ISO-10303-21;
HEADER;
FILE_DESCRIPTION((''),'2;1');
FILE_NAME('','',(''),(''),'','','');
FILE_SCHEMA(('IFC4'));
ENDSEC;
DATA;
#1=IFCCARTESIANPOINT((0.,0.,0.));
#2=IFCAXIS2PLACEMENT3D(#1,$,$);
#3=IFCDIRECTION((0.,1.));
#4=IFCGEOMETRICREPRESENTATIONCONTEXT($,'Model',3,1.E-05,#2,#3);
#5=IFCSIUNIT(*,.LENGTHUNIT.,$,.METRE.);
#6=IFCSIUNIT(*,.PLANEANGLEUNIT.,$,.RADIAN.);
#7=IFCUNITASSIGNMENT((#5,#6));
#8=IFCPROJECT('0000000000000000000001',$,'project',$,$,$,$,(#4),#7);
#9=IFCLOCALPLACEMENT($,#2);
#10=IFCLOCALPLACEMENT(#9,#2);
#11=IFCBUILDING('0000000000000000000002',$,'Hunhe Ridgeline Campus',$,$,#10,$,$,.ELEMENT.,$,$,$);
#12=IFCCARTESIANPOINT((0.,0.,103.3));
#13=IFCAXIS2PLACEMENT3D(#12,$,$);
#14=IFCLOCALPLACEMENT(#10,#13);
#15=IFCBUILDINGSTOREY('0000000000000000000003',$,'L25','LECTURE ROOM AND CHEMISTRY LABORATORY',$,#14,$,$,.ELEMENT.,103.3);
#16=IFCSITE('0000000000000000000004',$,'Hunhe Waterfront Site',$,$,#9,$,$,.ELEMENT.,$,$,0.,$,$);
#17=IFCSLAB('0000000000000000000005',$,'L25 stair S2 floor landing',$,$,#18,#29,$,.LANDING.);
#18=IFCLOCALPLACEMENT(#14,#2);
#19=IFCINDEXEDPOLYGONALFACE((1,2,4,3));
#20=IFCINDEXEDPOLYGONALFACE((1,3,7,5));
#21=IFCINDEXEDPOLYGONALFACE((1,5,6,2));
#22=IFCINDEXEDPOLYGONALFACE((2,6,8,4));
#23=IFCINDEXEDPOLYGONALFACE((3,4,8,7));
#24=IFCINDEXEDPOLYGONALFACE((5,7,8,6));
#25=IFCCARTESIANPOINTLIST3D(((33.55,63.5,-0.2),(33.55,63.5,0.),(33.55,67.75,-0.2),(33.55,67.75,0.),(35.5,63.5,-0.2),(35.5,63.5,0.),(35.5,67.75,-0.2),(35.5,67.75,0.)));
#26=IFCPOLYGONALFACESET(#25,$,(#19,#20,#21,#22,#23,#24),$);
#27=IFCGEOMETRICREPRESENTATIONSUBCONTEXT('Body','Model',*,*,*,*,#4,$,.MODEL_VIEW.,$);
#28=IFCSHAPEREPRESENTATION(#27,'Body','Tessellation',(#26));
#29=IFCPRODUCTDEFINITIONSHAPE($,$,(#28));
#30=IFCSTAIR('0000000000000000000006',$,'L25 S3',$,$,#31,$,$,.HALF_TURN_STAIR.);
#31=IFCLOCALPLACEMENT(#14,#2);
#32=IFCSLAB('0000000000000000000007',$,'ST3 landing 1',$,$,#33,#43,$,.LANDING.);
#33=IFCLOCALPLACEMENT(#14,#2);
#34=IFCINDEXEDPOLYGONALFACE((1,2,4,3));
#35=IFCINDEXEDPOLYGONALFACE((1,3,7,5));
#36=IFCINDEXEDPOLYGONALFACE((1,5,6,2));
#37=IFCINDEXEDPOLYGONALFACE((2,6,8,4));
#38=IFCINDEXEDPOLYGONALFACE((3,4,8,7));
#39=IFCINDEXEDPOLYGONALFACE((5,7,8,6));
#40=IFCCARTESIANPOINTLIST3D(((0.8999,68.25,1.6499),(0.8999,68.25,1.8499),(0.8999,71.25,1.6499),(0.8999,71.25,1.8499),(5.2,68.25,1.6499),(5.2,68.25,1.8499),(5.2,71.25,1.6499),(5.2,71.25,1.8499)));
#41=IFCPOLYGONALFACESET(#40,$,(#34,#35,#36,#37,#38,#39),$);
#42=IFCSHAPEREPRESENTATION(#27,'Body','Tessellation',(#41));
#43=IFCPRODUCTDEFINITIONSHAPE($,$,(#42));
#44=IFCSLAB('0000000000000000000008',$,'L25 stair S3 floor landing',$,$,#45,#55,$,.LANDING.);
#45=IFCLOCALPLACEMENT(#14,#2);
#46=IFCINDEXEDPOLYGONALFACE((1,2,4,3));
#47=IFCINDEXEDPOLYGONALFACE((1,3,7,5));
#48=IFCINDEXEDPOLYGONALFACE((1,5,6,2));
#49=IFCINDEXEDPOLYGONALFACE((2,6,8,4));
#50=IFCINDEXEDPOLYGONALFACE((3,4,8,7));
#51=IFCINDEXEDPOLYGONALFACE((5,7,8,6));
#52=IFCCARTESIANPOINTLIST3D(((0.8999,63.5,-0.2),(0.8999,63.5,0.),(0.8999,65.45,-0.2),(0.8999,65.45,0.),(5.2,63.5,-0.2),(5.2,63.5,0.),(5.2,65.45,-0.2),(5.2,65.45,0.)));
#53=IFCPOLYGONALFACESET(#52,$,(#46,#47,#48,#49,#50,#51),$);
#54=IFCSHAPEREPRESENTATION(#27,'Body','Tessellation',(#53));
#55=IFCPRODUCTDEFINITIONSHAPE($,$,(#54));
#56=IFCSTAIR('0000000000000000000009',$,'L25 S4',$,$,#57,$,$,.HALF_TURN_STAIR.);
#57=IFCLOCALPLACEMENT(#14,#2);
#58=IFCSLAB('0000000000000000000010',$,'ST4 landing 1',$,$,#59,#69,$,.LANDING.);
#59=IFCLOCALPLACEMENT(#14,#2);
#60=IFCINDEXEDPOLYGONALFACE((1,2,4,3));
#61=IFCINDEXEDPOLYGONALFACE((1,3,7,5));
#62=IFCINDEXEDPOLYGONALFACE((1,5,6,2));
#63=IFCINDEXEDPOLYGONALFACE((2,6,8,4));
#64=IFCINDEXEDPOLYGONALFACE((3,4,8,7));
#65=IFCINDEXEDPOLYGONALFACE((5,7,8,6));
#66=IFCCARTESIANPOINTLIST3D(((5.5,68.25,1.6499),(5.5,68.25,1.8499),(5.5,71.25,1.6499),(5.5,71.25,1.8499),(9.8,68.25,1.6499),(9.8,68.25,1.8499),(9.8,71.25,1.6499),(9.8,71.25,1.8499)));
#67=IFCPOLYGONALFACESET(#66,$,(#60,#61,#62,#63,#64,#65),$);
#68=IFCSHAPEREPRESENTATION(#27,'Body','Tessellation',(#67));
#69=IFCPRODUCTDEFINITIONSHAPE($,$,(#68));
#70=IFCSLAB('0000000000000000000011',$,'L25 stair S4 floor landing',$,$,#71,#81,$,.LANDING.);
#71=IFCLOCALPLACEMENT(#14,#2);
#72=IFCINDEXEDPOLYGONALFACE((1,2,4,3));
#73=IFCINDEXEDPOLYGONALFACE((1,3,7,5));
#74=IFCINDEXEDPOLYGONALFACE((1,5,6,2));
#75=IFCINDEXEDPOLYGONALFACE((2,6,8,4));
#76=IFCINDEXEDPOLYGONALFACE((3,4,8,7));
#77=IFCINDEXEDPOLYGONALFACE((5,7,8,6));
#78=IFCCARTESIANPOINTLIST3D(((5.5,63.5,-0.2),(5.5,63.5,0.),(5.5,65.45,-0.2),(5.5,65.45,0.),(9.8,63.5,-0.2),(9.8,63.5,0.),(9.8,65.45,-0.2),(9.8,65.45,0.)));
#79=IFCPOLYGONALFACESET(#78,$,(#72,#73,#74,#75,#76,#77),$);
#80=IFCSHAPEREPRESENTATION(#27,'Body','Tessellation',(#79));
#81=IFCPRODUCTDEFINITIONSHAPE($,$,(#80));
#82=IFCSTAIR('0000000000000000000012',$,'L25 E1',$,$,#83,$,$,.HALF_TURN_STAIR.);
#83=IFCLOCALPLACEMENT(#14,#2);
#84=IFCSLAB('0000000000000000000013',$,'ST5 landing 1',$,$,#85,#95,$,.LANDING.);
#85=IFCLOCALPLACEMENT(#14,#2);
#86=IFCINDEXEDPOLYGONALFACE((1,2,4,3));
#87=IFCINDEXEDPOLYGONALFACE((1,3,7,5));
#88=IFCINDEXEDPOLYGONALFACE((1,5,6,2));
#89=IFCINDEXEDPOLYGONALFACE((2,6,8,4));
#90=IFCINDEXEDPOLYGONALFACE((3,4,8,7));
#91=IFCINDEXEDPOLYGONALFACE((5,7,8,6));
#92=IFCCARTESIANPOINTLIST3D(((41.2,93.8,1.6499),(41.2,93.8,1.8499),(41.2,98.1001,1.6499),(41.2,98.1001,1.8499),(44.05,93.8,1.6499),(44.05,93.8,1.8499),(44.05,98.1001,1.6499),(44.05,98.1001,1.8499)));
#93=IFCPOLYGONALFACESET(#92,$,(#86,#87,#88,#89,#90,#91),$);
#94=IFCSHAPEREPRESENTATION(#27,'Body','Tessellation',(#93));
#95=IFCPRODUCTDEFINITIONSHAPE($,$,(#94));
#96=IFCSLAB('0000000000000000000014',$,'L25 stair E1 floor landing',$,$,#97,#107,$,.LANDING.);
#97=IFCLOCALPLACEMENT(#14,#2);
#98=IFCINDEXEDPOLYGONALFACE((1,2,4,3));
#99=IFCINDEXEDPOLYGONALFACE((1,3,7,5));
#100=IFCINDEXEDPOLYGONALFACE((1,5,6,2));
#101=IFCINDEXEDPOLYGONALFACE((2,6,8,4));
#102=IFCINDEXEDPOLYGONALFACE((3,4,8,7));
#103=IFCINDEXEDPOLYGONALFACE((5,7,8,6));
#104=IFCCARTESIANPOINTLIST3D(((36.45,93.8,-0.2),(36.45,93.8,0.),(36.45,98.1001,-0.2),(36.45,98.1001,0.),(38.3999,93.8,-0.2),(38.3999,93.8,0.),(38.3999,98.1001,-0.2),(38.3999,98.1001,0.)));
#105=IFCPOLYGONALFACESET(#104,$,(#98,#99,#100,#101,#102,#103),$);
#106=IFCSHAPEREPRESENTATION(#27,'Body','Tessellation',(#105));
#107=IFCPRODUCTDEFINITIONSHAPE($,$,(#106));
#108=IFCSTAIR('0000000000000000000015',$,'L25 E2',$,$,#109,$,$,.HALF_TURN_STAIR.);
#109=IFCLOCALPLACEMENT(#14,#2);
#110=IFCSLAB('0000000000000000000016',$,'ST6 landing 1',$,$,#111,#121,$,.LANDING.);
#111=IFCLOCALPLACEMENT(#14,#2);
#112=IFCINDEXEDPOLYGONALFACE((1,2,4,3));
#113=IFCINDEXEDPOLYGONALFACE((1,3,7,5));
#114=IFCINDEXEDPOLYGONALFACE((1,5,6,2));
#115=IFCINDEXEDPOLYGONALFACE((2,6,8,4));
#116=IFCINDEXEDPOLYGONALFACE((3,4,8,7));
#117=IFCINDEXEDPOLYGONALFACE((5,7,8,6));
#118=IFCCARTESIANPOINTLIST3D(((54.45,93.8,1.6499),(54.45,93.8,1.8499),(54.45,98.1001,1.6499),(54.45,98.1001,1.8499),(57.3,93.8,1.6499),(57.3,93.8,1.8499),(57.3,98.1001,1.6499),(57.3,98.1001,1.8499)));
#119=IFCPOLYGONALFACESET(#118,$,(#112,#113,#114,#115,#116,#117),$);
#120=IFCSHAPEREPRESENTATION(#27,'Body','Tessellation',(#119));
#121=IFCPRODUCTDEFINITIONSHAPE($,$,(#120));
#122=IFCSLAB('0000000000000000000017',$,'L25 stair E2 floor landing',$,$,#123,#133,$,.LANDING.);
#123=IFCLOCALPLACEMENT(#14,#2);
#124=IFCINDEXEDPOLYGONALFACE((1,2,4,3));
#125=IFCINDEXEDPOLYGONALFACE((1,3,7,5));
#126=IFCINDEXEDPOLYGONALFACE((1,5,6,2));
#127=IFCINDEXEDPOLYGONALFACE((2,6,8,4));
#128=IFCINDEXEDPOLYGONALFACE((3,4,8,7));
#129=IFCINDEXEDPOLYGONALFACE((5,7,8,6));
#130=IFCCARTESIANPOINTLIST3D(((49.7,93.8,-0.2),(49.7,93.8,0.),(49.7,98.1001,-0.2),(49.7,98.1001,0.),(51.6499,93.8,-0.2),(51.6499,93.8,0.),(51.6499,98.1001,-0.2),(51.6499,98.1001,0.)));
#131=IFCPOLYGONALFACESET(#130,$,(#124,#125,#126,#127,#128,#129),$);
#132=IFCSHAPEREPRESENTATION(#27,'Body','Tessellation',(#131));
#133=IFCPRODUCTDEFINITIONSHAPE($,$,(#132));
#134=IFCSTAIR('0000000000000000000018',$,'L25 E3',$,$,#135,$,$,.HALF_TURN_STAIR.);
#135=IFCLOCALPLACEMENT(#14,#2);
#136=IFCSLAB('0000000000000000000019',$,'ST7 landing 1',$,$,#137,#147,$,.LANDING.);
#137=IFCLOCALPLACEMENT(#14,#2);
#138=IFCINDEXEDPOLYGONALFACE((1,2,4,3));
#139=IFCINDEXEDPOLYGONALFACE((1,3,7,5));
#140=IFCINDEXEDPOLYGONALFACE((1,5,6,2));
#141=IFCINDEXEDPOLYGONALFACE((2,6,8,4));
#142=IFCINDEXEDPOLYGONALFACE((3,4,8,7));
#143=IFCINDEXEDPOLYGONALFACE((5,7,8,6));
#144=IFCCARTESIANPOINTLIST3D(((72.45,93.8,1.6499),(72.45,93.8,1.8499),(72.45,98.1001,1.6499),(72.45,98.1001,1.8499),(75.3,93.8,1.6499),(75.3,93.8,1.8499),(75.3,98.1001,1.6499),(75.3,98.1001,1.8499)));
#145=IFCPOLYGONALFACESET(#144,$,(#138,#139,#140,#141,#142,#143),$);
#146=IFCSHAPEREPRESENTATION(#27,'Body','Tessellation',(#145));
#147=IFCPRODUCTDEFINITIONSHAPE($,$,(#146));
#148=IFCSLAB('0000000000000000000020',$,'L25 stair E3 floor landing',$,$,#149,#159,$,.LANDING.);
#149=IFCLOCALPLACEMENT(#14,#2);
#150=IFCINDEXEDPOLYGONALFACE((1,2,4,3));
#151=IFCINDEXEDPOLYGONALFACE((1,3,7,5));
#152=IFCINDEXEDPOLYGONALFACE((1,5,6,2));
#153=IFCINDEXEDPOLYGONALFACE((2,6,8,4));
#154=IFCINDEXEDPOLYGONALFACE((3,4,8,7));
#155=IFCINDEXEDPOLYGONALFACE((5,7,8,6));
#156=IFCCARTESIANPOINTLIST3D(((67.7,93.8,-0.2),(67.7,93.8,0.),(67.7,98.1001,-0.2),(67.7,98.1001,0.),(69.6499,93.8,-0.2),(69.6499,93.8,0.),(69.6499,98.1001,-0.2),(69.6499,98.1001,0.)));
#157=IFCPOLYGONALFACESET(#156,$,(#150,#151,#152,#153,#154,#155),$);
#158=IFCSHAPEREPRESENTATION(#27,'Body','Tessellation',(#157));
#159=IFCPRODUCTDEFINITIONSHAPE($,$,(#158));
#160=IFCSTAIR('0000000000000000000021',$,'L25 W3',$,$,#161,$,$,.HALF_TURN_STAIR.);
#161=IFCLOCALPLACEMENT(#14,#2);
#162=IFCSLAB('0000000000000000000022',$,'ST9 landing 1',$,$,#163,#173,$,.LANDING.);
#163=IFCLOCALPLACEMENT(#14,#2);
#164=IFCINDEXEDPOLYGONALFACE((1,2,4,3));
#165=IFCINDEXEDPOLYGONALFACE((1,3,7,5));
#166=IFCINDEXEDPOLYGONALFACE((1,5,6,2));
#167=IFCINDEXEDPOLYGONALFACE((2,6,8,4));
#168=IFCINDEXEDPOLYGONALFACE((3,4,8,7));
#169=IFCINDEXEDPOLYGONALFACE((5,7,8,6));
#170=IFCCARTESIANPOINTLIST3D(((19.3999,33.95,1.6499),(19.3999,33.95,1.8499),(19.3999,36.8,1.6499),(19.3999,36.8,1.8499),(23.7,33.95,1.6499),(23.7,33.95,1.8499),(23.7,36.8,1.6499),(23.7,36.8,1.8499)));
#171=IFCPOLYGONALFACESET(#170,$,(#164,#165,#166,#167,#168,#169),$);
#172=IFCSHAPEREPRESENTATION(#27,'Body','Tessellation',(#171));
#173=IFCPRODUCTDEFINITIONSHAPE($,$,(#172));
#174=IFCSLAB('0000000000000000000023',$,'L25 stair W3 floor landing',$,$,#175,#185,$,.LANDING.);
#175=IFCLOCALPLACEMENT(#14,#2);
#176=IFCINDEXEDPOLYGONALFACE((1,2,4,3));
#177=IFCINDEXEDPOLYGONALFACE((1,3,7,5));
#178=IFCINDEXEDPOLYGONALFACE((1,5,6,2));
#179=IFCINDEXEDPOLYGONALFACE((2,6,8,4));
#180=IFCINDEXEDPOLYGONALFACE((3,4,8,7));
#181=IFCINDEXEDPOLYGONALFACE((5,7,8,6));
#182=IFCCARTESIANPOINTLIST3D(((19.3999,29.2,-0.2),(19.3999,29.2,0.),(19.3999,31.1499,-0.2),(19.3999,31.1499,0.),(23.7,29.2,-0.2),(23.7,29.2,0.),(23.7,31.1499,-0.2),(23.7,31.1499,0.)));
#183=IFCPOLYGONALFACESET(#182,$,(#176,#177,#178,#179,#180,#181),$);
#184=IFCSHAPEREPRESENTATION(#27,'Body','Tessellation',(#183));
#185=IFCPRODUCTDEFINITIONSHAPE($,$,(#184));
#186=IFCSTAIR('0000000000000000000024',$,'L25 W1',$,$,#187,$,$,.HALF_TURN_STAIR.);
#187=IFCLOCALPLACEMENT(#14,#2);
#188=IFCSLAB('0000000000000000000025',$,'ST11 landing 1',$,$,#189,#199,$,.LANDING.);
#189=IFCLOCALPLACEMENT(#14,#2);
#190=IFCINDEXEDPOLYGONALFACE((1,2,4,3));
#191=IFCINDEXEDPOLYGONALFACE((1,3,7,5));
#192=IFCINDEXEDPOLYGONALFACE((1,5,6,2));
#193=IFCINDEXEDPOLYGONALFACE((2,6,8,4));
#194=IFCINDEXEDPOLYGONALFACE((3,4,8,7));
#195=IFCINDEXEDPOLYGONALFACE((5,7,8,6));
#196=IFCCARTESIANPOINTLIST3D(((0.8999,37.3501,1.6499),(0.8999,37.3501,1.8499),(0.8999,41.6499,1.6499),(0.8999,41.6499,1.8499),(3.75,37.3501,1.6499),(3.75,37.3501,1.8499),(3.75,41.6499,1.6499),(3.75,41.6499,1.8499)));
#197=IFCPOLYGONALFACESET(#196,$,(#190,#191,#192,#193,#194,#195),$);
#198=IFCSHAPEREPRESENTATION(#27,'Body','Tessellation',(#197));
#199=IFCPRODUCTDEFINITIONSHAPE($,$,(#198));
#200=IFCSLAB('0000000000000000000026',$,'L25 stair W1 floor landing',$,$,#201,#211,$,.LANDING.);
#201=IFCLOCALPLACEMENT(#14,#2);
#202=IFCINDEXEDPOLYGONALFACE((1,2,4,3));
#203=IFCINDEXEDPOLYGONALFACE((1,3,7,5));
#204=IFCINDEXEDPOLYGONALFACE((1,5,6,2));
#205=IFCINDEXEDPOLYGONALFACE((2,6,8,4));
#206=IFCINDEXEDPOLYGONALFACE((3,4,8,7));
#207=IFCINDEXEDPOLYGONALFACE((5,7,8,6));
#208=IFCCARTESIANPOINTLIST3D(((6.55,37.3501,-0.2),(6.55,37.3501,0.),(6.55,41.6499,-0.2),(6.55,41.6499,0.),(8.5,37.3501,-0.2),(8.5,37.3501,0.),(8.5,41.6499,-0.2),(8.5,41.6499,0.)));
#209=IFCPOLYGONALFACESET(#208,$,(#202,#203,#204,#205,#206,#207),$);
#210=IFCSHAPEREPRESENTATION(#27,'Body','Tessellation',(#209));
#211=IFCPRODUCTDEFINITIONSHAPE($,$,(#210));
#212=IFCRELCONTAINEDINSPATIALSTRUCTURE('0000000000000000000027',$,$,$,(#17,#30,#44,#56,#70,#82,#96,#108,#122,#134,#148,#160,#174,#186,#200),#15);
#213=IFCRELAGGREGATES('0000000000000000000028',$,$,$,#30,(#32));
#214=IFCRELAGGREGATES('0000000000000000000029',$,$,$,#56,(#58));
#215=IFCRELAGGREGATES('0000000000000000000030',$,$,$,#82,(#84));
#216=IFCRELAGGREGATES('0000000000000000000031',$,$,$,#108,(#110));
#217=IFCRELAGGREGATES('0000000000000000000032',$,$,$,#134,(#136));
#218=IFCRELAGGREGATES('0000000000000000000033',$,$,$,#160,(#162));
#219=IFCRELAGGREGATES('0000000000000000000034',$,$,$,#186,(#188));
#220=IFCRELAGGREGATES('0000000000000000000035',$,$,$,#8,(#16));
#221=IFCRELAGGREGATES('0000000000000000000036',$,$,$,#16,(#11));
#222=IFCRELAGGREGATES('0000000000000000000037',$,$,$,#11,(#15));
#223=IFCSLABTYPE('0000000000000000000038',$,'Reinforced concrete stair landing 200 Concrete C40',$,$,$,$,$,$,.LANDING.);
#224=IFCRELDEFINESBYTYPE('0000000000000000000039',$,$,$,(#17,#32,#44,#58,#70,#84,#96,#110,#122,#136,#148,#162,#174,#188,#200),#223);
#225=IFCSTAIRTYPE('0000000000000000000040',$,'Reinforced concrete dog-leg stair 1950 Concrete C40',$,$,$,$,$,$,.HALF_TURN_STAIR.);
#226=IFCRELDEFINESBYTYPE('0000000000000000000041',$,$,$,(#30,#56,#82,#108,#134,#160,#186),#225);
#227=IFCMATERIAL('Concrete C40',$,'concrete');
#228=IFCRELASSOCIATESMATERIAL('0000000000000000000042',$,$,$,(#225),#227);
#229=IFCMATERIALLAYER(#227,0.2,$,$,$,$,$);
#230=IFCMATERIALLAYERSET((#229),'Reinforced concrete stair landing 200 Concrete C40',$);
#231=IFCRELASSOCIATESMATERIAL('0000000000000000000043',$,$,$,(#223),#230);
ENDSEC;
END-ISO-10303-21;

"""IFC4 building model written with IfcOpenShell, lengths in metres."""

from ifc_helpers import new_model, si_unit, direction, frame, origin, place, context, subcontext, project, spatial, polyline, outline, extrude, material, layer, layer_set, type_object, element, aggregate, save


model = new_model("IFC4")

# Units and contexts
model_context = context("Model", 3, precision=1e-05, world=origin(), true_north=direction((0.0, 1.0)))
body_context = subcontext(model_context, "Body", "Model", "MODEL_VIEW")
ifc_project = project(units=[si_unit("LENGTHUNIT", "METRE"), si_unit("PLANEANGLEUNIT", "RADIAN")], contexts=[model_context])

# Site, building, storey
site_placement = place(None, origin())
site = spatial("IfcSite", under=ifc_project, at=site_placement, Name="Hunhe Waterfront Site", CompositionType="ELEMENT", RefElevation=0.0)
building_placement = place(site_placement, origin())
building = spatial("IfcBuilding", under=site, at=building_placement, Name="Hunhe Ridgeline Campus", CompositionType="ELEMENT")
storey_placement = place(building_placement, frame((0.0, 0.0, 103.3)))
storey = spatial("IfcBuildingStorey", under=building, at=storey_placement, Name="L25", Description="LECTURE ROOM AND CHEMISTRY LABORATORY", CompositionType="ELEMENT", Elevation=103.3)

# Shared definitions
ifc_material_1 = material(Name="Concrete C40", Category="concrete")

# Shared definitions
stair_type = type_object("IfcStairType", Name="Reinforced concrete dog-leg stair 1950 Concrete C40", PredefinedType="HALF_TURN_STAIR", material=ifc_material_1)
ifc_layer_1 = layer(ifc_material_1, 0.2)
ifc_layer_set_1 = layer_set([ifc_layer_1], Name="Reinforced concrete stair landing 200 Concrete C40")
slab_type_1 = type_object("IfcSlabType", Name="Reinforced concrete stair landing 200 Concrete C40", PredefinedType="LANDING", material=ifc_layer_set_1)

# Slab
slab_1_placement = place(storey_placement, frame((0.0, 0.0, -0.2)))
element("IfcSlab", 1, at=slab_1_placement, inside=storey, type_object=slab_type_1, Name="L25 stair S2 floor landing", PredefinedType="LANDING", context=body_context, shape_type="SweptSolid", body=[
    extrude(outline(polyline([(35.5, 67.75), (33.55, 67.75), (33.55, 63.5), (35.5, 63.5), (35.5, 67.75)])), origin(), (0.0, 0.0, 1.0), 0.2),
])

# Stair, slab
stair_1_placement = place(storey_placement, origin())
stair_1 = element("IfcStair", 2, at=stair_1_placement, inside=storey, type_object=stair_type, Name="L25 S3", PredefinedType="HALF_TURN_STAIR")
slab_2_placement = place(storey_placement, frame((0.0, 0.0, 1.6499)))
slab_2 = element("IfcSlab", 3, at=slab_2_placement, type_object=slab_type_1, Name="ST3 landing 1", PredefinedType="LANDING", context=body_context, shape_type="SweptSolid", body=[
    extrude(outline(polyline([(5.2, 68.25), (5.2, 71.25), (0.8999, 71.25), (0.8999, 68.25), (5.2, 68.25)])), origin(), (0.0, 0.0, 1.0), 0.2),
])
aggregate(stair_1, [slab_2])

# Slab
slab_3_placement = place(storey_placement, frame((0.0, 0.0, -0.2)))
element("IfcSlab", 4, at=slab_3_placement, inside=storey, type_object=slab_type_1, Name="L25 stair S3 floor landing", PredefinedType="LANDING", context=body_context, shape_type="SweptSolid", body=[
    extrude(outline(polyline([(5.2, 63.5), (5.2, 65.45), (0.8999, 65.45), (0.8999, 63.5), (5.2, 63.5)])), origin(), (0.0, 0.0, 1.0), 0.2),
])

# Stair, slab
stair_2_placement = place(storey_placement, origin())
stair_2 = element("IfcStair", 5, at=stair_2_placement, inside=storey, type_object=stair_type, Name="L25 S4", PredefinedType="HALF_TURN_STAIR")
slab_4_placement = place(storey_placement, frame((0.0, 0.0, 1.6499)))
slab_4 = element("IfcSlab", 6, at=slab_4_placement, type_object=slab_type_1, Name="ST4 landing 1", PredefinedType="LANDING", context=body_context, shape_type="SweptSolid", body=[
    extrude(outline(polyline([(9.8, 68.25), (9.8, 71.25), (5.5, 71.25), (5.5, 68.25), (9.8, 68.25)])), origin(), (0.0, 0.0, 1.0), 0.2),
])
aggregate(stair_2, [slab_4])

# Slab
slab_5_placement = place(storey_placement, frame((0.0, 0.0, -0.2)))
element("IfcSlab", 7, at=slab_5_placement, inside=storey, type_object=slab_type_1, Name="L25 stair S4 floor landing", PredefinedType="LANDING", context=body_context, shape_type="SweptSolid", body=[
    extrude(outline(polyline([(9.8, 63.5), (9.8, 65.45), (5.5, 65.45), (5.5, 63.5), (9.8, 63.5)])), origin(), (0.0, 0.0, 1.0), 0.2),
])

# Stair, slab
stair_3_placement = place(storey_placement, origin())
stair_3 = element("IfcStair", 8, at=stair_3_placement, inside=storey, type_object=stair_type, Name="L25 E1", PredefinedType="HALF_TURN_STAIR")
slab_6_placement = place(storey_placement, frame((0.0, 0.0, 1.6499)))
slab_6 = element("IfcSlab", 9, at=slab_6_placement, type_object=slab_type_1, Name="ST5 landing 1", PredefinedType="LANDING", context=body_context, shape_type="SweptSolid", body=[
    extrude(outline(polyline([(41.2, 93.8), (44.05, 93.8), (44.05, 98.1001), (41.2, 98.1001), (41.2, 93.8)])), origin(), (0.0, 0.0, 1.0), 0.2),
])
aggregate(stair_3, [slab_6])

# Slab
slab_7_placement = place(storey_placement, frame((0.0, 0.0, -0.2)))
element("IfcSlab", 10, at=slab_7_placement, inside=storey, type_object=slab_type_1, Name="L25 stair E1 floor landing", PredefinedType="LANDING", context=body_context, shape_type="SweptSolid", body=[
    extrude(outline(polyline([(36.45, 93.8), (38.3999, 93.8), (38.3999, 98.1001), (36.45, 98.1001), (36.45, 93.8)])), origin(), (0.0, 0.0, 1.0), 0.2),
])

# Stair, slab
stair_4_placement = place(storey_placement, origin())
stair_4 = element("IfcStair", 11, at=stair_4_placement, inside=storey, type_object=stair_type, Name="L25 E2", PredefinedType="HALF_TURN_STAIR")
slab_8_placement = place(storey_placement, frame((0.0, 0.0, 1.6499)))
slab_8 = element("IfcSlab", 12, at=slab_8_placement, type_object=slab_type_1, Name="ST6 landing 1", PredefinedType="LANDING", context=body_context, shape_type="SweptSolid", body=[
    extrude(outline(polyline([(54.45, 93.8), (57.3, 93.8), (57.3, 98.1001), (54.45, 98.1001), (54.45, 93.8)])), origin(), (0.0, 0.0, 1.0), 0.2),
])
aggregate(stair_4, [slab_8])

# Slab
slab_9_placement = place(storey_placement, frame((0.0, 0.0, -0.2)))
element("IfcSlab", 13, at=slab_9_placement, inside=storey, type_object=slab_type_1, Name="L25 stair E2 floor landing", PredefinedType="LANDING", context=body_context, shape_type="SweptSolid", body=[
    extrude(outline(polyline([(49.7, 93.8), (51.6499, 93.8), (51.6499, 98.1001), (49.7, 98.1001), (49.7, 93.8)])), origin(), (0.0, 0.0, 1.0), 0.2),
])

# Stair, slab
stair_5_placement = place(storey_placement, origin())
stair_5 = element("IfcStair", 14, at=stair_5_placement, inside=storey, type_object=stair_type, Name="L25 E3", PredefinedType="HALF_TURN_STAIR")
slab_10_placement = place(storey_placement, frame((0.0, 0.0, 1.6499)))
slab_10 = element("IfcSlab", 15, at=slab_10_placement, type_object=slab_type_1, Name="ST7 landing 1", PredefinedType="LANDING", context=body_context, shape_type="SweptSolid", body=[
    extrude(outline(polyline([(72.45, 93.8), (75.3, 93.8), (75.3, 98.1001), (72.45, 98.1001), (72.45, 93.8)])), origin(), (0.0, 0.0, 1.0), 0.2),
])
aggregate(stair_5, [slab_10])

# Slab
slab_11_placement = place(storey_placement, frame((0.0, 0.0, -0.2)))
element("IfcSlab", 16, at=slab_11_placement, inside=storey, type_object=slab_type_1, Name="L25 stair E3 floor landing", PredefinedType="LANDING", context=body_context, shape_type="SweptSolid", body=[
    extrude(outline(polyline([(67.7, 93.8), (69.6499, 93.8), (69.6499, 98.1001), (67.7, 98.1001), (67.7, 93.8)])), origin(), (0.0, 0.0, 1.0), 0.2),
])

# Stair, slab
stair_6_placement = place(storey_placement, origin())
stair_6 = element("IfcStair", 17, at=stair_6_placement, inside=storey, type_object=stair_type, Name="L25 W3", PredefinedType="HALF_TURN_STAIR")
slab_12_placement = place(storey_placement, frame((0.0, 0.0, 1.6499)))
slab_12 = element("IfcSlab", 18, at=slab_12_placement, type_object=slab_type_1, Name="ST9 landing 1", PredefinedType="LANDING", context=body_context, shape_type="SweptSolid", body=[
    extrude(outline(polyline([(23.7, 33.95), (23.7, 36.8), (19.3999, 36.8), (19.3999, 33.95), (23.7, 33.95)])), origin(), (0.0, 0.0, 1.0), 0.2),
])
aggregate(stair_6, [slab_12])

# Slab
slab_13_placement = place(storey_placement, frame((0.0, 0.0, -0.2)))
element("IfcSlab", 19, at=slab_13_placement, inside=storey, type_object=slab_type_1, Name="L25 stair W3 floor landing", PredefinedType="LANDING", context=body_context, shape_type="SweptSolid", body=[
    extrude(outline(polyline([(23.7, 29.2), (23.7, 31.1499), (19.3999, 31.1499), (19.3999, 29.2), (23.7, 29.2)])), origin(), (0.0, 0.0, 1.0), 0.2),
])

# Stair, slab
stair_7_placement = place(storey_placement, origin())
stair_7 = element("IfcStair", 20, at=stair_7_placement, inside=storey, type_object=stair_type, Name="L25 W1", PredefinedType="HALF_TURN_STAIR")
slab_14_placement = place(storey_placement, frame((0.0, 0.0, 1.6499)))
slab_14 = element("IfcSlab", 21, at=slab_14_placement, type_object=slab_type_1, Name="ST11 landing 1", PredefinedType="LANDING", context=body_context, shape_type="SweptSolid", body=[
    extrude(outline(polyline([(3.75, 41.6499), (0.8999, 41.6499), (0.8999, 37.3501), (3.75, 37.3501), (3.75, 41.6499)])), origin(), (0.0, 0.0, 1.0), 0.2),
])
aggregate(stair_7, [slab_14])

# Slab
slab_15_placement = place(storey_placement, frame((0.0, 0.0, -0.2)))
element("IfcSlab", 22, at=slab_15_placement, inside=storey, type_object=slab_type_1, Name="L25 stair W1 floor landing", PredefinedType="LANDING", context=body_context, shape_type="SweptSolid", body=[
    extrude(outline(polyline([(8.5, 41.6499), (6.55, 41.6499), (6.55, 37.3501), (8.5, 37.3501), (8.5, 41.6499)])), origin(), (0.0, 0.0, 1.0), 0.2),
])

save(model, "model.ifc")
